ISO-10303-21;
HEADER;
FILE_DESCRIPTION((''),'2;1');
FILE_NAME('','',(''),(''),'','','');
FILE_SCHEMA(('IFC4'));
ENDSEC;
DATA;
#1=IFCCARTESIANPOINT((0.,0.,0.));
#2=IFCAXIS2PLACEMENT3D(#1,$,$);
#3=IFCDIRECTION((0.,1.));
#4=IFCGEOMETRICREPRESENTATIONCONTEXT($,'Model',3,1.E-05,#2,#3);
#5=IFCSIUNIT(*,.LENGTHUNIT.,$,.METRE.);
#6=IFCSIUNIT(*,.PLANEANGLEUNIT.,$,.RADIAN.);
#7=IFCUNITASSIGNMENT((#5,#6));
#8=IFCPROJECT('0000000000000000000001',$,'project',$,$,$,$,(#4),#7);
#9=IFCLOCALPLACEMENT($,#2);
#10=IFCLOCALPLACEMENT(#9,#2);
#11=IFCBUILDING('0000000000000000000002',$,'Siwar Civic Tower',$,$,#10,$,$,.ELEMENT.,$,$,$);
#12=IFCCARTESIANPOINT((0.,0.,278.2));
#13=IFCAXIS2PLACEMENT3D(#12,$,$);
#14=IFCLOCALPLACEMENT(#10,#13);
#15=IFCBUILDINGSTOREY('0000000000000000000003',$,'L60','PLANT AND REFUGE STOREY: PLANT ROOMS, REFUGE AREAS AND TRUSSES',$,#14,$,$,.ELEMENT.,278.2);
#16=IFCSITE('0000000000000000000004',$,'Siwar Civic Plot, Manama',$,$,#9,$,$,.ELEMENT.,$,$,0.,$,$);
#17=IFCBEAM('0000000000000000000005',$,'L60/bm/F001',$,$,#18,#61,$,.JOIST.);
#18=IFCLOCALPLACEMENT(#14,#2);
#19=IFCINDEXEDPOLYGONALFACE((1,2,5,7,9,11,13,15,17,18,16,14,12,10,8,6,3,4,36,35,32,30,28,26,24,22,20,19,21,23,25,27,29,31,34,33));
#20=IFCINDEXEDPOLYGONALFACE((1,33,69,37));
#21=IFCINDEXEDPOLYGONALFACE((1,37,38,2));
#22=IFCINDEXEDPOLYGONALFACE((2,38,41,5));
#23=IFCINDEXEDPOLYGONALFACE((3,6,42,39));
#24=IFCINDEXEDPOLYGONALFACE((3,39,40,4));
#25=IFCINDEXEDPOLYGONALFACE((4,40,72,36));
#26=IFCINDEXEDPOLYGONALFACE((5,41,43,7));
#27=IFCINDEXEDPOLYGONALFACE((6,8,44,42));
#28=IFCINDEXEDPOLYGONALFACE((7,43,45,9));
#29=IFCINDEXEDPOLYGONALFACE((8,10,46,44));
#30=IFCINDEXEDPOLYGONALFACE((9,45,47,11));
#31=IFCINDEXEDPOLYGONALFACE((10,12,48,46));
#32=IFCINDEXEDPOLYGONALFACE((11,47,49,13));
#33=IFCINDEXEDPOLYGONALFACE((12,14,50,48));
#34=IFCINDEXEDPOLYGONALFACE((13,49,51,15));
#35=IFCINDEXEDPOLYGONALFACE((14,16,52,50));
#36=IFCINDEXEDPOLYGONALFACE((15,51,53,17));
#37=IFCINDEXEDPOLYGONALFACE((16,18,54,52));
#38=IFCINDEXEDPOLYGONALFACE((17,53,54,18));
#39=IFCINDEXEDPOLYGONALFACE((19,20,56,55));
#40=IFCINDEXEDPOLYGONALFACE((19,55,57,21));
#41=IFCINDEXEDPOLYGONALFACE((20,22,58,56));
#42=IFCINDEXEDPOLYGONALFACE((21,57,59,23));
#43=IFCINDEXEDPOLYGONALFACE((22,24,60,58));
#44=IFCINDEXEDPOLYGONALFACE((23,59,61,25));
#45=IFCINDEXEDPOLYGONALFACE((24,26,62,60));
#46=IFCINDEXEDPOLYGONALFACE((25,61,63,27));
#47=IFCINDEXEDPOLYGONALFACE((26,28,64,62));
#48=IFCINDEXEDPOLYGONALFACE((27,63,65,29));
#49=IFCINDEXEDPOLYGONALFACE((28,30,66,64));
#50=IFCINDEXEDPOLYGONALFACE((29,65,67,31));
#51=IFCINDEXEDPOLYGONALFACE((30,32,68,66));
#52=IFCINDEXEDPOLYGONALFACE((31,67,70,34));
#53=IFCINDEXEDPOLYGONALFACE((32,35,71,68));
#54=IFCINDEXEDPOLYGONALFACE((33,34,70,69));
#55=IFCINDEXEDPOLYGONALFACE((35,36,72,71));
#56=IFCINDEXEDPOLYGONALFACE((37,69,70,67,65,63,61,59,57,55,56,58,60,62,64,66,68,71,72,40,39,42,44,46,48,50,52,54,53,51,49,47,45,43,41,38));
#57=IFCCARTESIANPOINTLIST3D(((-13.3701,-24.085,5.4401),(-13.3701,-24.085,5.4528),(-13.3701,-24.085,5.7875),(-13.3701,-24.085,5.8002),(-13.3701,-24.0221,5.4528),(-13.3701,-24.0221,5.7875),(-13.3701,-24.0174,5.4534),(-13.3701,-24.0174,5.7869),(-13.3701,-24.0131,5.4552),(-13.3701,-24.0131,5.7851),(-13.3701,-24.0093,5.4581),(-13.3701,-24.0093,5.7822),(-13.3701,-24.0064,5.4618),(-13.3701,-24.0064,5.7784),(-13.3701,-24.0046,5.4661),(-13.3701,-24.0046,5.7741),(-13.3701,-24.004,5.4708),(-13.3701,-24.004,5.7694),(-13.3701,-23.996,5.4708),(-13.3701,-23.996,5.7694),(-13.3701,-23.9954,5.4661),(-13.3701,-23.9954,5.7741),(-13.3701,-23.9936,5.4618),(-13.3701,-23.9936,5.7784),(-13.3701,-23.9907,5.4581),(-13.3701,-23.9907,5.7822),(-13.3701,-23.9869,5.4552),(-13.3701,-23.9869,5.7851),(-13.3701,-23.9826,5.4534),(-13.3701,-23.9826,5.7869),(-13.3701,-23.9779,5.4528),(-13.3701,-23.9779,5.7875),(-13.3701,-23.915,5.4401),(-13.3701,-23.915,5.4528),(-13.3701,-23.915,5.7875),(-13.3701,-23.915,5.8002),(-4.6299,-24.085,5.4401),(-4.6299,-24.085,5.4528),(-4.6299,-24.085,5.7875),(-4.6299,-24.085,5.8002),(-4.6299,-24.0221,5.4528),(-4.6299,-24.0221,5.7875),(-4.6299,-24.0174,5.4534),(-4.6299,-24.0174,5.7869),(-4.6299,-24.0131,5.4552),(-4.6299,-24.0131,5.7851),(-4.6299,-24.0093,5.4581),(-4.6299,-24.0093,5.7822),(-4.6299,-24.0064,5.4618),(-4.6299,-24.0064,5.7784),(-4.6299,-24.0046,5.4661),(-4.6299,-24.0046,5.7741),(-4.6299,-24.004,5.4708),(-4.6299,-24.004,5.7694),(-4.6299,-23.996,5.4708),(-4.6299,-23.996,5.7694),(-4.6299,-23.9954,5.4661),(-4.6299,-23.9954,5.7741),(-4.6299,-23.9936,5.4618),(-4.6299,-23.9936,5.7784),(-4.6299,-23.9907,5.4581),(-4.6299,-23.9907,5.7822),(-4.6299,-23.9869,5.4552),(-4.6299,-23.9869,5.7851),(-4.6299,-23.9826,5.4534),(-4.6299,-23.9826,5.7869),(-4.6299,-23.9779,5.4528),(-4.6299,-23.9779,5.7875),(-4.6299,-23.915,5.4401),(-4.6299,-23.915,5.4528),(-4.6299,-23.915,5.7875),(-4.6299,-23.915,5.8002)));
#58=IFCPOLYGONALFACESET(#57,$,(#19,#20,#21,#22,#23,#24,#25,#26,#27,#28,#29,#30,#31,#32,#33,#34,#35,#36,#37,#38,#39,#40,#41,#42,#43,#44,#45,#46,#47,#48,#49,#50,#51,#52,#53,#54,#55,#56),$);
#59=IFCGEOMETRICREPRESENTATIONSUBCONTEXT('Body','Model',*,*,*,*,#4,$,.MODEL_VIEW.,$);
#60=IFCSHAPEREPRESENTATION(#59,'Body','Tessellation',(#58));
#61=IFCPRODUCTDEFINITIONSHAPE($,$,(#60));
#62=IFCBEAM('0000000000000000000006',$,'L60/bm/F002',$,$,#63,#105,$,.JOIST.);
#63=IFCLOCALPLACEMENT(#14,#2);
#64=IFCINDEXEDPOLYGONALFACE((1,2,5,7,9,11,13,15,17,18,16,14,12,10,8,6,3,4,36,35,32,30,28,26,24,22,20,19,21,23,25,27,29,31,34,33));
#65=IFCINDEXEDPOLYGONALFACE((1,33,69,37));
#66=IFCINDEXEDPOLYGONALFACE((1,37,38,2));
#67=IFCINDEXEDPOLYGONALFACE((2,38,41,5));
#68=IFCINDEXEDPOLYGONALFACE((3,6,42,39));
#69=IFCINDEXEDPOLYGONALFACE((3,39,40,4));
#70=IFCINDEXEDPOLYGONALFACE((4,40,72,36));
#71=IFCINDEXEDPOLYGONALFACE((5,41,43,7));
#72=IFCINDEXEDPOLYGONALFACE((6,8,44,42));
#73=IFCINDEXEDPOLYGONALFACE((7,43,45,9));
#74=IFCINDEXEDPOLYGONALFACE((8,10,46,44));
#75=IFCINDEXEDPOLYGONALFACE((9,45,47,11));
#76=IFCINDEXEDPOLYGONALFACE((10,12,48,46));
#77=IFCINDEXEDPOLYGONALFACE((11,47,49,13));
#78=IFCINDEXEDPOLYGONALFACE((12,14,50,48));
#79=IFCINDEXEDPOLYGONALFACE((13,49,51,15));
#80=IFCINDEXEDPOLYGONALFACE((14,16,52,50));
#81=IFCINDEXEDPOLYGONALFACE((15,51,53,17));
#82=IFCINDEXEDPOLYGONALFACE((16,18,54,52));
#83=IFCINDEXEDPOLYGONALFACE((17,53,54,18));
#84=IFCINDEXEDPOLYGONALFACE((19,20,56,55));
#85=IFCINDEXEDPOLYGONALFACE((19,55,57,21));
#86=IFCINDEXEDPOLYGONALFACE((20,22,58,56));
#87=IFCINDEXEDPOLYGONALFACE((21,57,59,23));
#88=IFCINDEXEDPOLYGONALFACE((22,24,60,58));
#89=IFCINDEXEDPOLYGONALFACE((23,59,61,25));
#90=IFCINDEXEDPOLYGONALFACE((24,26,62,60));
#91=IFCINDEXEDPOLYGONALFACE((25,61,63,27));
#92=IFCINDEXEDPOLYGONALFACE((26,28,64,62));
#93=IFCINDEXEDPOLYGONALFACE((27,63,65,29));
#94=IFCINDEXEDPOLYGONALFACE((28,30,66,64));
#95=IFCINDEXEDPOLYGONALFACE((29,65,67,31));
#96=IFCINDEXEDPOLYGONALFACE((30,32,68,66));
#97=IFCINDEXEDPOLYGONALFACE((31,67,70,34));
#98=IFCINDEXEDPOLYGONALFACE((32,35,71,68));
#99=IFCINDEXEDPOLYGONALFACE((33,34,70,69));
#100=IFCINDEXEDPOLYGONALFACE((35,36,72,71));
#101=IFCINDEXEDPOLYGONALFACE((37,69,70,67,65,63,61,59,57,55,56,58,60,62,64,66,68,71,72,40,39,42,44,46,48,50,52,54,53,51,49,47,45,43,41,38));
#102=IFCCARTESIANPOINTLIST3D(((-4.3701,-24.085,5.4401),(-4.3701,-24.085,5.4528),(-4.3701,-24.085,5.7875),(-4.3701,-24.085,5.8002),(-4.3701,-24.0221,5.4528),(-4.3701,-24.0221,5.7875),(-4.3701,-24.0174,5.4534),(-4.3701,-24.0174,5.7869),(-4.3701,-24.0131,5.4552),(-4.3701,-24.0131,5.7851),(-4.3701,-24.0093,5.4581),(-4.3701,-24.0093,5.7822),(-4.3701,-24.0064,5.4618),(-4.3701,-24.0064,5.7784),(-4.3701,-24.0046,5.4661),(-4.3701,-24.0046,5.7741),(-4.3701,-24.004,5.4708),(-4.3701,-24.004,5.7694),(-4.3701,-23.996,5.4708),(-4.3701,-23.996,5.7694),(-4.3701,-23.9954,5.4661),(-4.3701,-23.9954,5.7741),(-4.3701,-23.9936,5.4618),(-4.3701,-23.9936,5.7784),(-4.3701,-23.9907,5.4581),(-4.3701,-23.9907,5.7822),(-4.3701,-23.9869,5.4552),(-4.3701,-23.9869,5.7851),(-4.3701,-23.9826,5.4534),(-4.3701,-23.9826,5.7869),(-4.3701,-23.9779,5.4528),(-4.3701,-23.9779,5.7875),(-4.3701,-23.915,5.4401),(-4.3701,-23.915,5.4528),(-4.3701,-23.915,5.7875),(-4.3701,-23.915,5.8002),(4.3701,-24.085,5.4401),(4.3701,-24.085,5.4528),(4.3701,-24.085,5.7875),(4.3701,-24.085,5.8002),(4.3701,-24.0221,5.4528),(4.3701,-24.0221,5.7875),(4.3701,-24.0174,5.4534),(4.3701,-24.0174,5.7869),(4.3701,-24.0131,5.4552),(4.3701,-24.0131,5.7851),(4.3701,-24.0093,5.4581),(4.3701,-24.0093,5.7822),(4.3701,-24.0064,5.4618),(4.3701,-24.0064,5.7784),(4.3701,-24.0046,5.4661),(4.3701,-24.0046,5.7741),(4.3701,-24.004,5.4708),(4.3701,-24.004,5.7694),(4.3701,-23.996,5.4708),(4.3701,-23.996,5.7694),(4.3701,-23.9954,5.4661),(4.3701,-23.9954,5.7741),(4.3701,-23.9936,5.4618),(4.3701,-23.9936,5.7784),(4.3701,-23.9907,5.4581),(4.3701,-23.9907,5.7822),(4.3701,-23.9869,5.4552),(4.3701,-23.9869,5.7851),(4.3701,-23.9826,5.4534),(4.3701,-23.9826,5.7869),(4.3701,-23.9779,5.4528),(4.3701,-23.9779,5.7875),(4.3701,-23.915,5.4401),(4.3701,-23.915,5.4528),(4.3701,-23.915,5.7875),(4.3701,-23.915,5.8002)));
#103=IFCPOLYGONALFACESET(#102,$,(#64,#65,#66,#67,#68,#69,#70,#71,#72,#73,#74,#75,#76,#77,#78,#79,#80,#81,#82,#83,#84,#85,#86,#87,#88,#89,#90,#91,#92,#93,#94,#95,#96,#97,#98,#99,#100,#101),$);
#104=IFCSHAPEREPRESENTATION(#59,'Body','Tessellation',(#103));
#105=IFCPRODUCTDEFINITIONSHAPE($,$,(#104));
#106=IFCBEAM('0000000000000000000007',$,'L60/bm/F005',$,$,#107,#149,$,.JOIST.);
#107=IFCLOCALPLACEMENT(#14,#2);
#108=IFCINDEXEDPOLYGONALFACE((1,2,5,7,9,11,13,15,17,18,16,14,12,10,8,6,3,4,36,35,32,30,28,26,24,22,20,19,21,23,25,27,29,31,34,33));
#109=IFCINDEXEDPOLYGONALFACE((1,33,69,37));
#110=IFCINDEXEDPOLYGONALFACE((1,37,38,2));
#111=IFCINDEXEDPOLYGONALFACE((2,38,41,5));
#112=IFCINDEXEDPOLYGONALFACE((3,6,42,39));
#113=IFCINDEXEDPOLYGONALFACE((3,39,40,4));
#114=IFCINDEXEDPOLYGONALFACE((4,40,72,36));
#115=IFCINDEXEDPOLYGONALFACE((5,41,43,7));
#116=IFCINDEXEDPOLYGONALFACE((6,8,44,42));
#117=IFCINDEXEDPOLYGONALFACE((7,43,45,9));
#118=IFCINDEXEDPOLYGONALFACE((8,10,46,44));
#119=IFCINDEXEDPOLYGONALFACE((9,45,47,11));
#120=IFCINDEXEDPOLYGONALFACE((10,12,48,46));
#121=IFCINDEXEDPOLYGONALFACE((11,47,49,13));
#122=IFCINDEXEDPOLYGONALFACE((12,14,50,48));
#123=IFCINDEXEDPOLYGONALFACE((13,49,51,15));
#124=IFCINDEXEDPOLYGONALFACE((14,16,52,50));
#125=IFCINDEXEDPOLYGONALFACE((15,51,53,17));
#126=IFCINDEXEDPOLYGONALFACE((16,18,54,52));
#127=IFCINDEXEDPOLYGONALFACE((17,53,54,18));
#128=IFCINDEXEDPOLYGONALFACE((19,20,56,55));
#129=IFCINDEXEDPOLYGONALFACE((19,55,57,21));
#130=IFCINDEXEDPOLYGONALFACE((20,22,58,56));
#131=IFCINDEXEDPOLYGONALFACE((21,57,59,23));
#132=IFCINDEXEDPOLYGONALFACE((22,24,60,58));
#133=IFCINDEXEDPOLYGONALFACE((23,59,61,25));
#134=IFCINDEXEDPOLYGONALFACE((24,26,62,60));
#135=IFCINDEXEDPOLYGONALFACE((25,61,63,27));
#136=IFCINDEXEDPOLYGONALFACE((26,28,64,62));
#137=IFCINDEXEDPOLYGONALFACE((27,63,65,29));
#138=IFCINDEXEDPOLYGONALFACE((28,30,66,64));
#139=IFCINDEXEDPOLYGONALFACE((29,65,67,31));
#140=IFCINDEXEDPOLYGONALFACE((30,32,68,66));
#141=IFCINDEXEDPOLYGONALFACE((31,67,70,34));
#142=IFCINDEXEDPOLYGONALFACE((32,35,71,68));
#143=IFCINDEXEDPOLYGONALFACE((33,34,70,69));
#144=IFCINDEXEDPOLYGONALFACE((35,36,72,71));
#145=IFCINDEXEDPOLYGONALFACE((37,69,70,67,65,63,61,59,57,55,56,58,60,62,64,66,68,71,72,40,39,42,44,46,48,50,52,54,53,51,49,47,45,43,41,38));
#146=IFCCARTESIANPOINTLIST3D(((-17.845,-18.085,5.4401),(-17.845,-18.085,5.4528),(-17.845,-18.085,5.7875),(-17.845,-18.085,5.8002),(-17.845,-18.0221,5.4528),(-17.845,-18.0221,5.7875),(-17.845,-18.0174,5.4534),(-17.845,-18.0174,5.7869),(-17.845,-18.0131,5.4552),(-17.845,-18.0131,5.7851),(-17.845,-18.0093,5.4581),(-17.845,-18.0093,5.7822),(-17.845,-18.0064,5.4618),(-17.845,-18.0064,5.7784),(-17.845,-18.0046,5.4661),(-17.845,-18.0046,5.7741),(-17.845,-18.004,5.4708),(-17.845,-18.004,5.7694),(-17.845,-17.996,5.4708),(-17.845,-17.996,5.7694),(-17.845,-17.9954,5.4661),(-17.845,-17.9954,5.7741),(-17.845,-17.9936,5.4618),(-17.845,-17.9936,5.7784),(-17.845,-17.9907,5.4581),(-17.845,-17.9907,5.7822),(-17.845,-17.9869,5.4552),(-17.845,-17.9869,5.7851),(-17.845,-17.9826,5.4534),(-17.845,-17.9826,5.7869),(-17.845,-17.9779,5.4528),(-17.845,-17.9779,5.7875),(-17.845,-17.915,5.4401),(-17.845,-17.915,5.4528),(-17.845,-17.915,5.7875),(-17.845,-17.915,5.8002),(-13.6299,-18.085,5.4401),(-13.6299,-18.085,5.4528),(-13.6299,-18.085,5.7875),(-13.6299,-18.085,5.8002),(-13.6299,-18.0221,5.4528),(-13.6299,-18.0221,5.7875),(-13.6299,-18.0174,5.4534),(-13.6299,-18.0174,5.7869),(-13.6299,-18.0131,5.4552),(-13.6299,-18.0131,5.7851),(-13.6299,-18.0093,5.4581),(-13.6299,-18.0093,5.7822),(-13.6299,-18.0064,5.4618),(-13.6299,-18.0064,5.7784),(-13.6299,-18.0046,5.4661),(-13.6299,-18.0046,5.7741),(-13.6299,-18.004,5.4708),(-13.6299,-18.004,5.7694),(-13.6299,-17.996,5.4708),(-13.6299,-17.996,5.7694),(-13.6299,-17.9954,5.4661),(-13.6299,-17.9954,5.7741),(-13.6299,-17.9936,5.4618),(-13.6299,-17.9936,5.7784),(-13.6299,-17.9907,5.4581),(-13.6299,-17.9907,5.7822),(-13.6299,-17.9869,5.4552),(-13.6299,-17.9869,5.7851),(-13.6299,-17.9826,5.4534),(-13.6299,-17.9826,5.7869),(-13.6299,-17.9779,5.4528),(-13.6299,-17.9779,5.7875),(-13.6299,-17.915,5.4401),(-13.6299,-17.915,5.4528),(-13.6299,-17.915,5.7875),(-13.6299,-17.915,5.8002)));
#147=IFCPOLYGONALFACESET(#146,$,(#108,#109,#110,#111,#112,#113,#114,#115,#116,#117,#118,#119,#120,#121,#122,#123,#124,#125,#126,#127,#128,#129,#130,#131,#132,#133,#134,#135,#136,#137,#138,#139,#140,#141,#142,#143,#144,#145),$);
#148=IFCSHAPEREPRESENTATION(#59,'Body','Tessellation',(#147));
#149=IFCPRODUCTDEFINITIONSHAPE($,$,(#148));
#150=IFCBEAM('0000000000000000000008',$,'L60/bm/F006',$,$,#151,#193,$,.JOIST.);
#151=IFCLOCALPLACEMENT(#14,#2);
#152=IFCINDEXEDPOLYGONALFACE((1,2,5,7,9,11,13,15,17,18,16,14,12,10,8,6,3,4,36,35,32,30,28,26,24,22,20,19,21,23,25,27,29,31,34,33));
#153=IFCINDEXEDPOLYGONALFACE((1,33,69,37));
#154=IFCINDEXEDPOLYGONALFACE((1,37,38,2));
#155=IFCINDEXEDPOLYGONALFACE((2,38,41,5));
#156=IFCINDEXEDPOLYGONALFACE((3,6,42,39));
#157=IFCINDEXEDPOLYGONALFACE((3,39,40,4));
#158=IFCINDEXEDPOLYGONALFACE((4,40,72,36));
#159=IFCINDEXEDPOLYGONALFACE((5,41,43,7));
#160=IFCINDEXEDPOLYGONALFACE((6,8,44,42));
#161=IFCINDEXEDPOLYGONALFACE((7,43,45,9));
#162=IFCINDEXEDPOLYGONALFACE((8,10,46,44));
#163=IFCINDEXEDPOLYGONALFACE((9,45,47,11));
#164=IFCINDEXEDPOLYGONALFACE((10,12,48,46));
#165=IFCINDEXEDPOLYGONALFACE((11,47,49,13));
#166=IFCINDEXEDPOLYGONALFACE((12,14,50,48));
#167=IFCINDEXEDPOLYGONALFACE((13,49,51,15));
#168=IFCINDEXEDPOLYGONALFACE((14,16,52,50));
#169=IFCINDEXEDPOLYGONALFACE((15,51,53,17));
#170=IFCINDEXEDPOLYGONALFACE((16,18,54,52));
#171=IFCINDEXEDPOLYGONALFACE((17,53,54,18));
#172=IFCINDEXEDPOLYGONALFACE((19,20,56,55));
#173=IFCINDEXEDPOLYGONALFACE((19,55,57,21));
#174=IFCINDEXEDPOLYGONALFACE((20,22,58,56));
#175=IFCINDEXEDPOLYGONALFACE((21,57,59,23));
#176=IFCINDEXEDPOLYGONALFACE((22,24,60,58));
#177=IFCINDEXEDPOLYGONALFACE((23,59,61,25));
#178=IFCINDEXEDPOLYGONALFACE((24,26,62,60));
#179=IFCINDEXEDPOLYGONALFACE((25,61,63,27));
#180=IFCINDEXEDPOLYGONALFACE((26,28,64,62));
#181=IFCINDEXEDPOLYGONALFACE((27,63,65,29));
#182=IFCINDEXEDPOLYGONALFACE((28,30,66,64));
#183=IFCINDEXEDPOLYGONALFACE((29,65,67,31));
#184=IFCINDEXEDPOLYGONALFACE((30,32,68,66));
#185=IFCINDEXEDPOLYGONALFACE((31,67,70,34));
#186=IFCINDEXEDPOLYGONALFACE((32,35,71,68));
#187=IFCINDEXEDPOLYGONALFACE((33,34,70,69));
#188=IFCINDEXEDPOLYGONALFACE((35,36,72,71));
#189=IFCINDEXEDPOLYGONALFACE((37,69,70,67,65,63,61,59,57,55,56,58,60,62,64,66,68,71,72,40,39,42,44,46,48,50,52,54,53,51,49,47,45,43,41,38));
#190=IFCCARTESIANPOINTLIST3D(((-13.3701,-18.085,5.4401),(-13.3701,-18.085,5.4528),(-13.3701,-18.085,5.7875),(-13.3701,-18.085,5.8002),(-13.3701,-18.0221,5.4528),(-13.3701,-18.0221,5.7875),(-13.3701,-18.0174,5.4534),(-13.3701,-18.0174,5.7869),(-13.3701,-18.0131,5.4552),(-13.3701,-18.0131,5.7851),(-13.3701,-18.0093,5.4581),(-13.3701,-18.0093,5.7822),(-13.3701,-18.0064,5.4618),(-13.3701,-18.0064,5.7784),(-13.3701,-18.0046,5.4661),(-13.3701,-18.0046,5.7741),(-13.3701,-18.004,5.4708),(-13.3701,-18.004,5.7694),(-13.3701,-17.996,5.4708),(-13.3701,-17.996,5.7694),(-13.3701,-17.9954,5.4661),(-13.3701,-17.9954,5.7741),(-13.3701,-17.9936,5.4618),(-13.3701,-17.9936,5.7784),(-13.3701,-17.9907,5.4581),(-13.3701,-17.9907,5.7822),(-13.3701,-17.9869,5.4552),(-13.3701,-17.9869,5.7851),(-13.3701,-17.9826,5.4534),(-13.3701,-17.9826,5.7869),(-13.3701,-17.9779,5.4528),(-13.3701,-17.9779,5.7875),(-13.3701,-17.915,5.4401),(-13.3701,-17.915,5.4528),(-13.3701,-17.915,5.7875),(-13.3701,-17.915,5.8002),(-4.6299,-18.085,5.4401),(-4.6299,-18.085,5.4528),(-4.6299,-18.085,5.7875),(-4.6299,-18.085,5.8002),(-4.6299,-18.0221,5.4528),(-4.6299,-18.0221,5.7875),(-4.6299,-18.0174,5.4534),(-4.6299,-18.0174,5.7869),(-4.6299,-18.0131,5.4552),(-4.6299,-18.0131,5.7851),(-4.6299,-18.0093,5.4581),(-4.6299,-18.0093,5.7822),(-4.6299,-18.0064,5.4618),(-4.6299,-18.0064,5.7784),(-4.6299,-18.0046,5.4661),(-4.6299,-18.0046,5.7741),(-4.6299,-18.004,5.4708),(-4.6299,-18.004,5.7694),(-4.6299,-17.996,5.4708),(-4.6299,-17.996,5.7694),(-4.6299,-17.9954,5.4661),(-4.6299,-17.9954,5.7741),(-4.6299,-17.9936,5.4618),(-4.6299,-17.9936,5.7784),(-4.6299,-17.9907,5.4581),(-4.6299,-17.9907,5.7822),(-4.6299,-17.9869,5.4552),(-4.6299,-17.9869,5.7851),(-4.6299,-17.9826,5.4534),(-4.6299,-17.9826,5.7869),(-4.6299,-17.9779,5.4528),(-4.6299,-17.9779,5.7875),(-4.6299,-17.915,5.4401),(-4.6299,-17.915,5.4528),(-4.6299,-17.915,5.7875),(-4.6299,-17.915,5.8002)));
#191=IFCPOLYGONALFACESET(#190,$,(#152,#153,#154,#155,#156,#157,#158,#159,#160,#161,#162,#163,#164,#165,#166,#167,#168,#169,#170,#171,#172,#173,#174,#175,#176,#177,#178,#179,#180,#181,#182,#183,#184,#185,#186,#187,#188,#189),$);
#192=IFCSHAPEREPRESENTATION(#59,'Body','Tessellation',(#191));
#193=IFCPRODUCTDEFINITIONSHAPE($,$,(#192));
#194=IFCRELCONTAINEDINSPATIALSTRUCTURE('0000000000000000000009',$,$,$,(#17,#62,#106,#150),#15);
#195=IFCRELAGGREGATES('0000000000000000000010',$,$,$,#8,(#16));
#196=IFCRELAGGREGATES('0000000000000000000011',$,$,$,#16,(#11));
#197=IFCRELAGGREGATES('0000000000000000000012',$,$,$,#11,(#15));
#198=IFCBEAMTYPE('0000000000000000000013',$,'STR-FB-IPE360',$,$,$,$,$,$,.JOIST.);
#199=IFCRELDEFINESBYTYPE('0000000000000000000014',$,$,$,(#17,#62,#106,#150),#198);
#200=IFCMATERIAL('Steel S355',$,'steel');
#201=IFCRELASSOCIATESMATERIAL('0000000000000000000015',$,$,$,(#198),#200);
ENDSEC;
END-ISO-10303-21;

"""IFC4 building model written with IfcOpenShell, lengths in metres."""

from ifc_helpers import new_model, si_unit, direction, frame, origin, origin_2d, place, context, subcontext, project, spatial, i_section, extrude, material, material_profile, profile_set, type_object, element, save


model = new_model("IFC4")

# Units and contexts
model_context = context("Model", 3, precision=1e-05, world=origin(), true_north=direction((0.0, 1.0)))
body_context = subcontext(model_context, "Body", "Model", "MODEL_VIEW")
ifc_project = project(units=[si_unit("LENGTHUNIT", "METRE"), si_unit("PLANEANGLEUNIT", "RADIAN")], contexts=[model_context])

# Site, building, storey
site_placement = place(None, origin())
site = spatial("IfcSite", under=ifc_project, at=site_placement, Name="Siwar Civic Plot, Manama", CompositionType="ELEMENT", RefElevation=0.0)
building_placement = place(site_placement, origin())
building = spatial("IfcBuilding", under=site, at=building_placement, Name="Siwar Civic Tower", CompositionType="ELEMENT")
storey_placement = place(building_placement, frame((0.0, 0.0, 278.2)))
storey = spatial("IfcBuildingStorey", under=building, at=storey_placement, Name="L60", Description="PLANT AND REFUGE STOREY: PLANT ROOMS, REFUGE AREAS AND TRUSSES", CompositionType="ELEMENT", Elevation=278.2)

# Beams
ifc_material_1 = material(Name="Steel S355", Category="steel")
ifc_material_profile_1 = material_profile(ifc_material_1, i_section(OverallWidth=0.1699, OverallDepth=0.3601, WebThickness=0.0081, FlangeThickness=0.0127, FilletRadius=0.0181, at=origin_2d()), Name="IPE360")
ifc_profile_set_1 = profile_set([ifc_material_profile_1], Name="Steel S355")
beam_type_1 = type_object("IfcBeamType", Name="STR-FB-IPE360", PredefinedType="JOIST", material=ifc_profile_set_1)
for number, where, z_axis, x_axis, name in (
    (1, (-13.3701, -24.0, 5.6201), (1.0, 0.0, 0.0), (0.0, 1.0, 0.0), "L60/bm/F001"),
    (2, (-4.3701, -24.0, 5.6201), (1.0, 0.0, 0.0), (0.0, 1.0, 0.0), "L60/bm/F002"),
):
    element("IfcBeam", number, at=place(storey_placement, frame(where, z_axis=z_axis, x_axis=x_axis)), inside=storey, type_object=beam_type_1, Name=name, PredefinedType="JOIST", context=body_context, shape_type="SweptSolid", body=[
        extrude(i_section(OverallWidth=0.1699, OverallDepth=0.3601, WebThickness=0.0081, FlangeThickness=0.0127, FilletRadius=0.0181, at=origin_2d()), origin(), (0.0, 0.0, 1.0), 8.7402),
    ])
beam_placement = place(storey_placement, frame((-17.845, -18.0, 5.6201), z_axis=(1.0, 0.0, 0.0), x_axis=(0.0, 1.0, 0.0)))
element("IfcBeam", 3, at=beam_placement, inside=storey, type_object=beam_type_1, Name="L60/bm/F005", PredefinedType="JOIST", context=body_context, shape_type="SweptSolid", body=[
    extrude(i_section(OverallWidth=0.1699, OverallDepth=0.3601, WebThickness=0.0081, FlangeThickness=0.0127, FilletRadius=0.0181, at=origin_2d()), origin(), (0.0, 0.0, 1.0), 4.2151),
])
for number, where, z_axis, x_axis, name in (
    (4, (-13.3701, -18.0, 5.6201), (1.0, 0.0, 0.0), (0.0, 1.0, 0.0), "L60/bm/F006"),
):
    element("IfcBeam", number, at=place(storey_placement, frame(where, z_axis=z_axis, x_axis=x_axis)), inside=storey, type_object=beam_type_1, Name=name, PredefinedType="JOIST", context=body_context, shape_type="SweptSolid", body=[
        extrude(i_section(OverallWidth=0.1699, OverallDepth=0.3601, WebThickness=0.0081, FlangeThickness=0.0127, FilletRadius=0.0181, at=origin_2d()), origin(), (0.0, 0.0, 1.0), 8.7402),
    ])

save(model, "model.ifc")
